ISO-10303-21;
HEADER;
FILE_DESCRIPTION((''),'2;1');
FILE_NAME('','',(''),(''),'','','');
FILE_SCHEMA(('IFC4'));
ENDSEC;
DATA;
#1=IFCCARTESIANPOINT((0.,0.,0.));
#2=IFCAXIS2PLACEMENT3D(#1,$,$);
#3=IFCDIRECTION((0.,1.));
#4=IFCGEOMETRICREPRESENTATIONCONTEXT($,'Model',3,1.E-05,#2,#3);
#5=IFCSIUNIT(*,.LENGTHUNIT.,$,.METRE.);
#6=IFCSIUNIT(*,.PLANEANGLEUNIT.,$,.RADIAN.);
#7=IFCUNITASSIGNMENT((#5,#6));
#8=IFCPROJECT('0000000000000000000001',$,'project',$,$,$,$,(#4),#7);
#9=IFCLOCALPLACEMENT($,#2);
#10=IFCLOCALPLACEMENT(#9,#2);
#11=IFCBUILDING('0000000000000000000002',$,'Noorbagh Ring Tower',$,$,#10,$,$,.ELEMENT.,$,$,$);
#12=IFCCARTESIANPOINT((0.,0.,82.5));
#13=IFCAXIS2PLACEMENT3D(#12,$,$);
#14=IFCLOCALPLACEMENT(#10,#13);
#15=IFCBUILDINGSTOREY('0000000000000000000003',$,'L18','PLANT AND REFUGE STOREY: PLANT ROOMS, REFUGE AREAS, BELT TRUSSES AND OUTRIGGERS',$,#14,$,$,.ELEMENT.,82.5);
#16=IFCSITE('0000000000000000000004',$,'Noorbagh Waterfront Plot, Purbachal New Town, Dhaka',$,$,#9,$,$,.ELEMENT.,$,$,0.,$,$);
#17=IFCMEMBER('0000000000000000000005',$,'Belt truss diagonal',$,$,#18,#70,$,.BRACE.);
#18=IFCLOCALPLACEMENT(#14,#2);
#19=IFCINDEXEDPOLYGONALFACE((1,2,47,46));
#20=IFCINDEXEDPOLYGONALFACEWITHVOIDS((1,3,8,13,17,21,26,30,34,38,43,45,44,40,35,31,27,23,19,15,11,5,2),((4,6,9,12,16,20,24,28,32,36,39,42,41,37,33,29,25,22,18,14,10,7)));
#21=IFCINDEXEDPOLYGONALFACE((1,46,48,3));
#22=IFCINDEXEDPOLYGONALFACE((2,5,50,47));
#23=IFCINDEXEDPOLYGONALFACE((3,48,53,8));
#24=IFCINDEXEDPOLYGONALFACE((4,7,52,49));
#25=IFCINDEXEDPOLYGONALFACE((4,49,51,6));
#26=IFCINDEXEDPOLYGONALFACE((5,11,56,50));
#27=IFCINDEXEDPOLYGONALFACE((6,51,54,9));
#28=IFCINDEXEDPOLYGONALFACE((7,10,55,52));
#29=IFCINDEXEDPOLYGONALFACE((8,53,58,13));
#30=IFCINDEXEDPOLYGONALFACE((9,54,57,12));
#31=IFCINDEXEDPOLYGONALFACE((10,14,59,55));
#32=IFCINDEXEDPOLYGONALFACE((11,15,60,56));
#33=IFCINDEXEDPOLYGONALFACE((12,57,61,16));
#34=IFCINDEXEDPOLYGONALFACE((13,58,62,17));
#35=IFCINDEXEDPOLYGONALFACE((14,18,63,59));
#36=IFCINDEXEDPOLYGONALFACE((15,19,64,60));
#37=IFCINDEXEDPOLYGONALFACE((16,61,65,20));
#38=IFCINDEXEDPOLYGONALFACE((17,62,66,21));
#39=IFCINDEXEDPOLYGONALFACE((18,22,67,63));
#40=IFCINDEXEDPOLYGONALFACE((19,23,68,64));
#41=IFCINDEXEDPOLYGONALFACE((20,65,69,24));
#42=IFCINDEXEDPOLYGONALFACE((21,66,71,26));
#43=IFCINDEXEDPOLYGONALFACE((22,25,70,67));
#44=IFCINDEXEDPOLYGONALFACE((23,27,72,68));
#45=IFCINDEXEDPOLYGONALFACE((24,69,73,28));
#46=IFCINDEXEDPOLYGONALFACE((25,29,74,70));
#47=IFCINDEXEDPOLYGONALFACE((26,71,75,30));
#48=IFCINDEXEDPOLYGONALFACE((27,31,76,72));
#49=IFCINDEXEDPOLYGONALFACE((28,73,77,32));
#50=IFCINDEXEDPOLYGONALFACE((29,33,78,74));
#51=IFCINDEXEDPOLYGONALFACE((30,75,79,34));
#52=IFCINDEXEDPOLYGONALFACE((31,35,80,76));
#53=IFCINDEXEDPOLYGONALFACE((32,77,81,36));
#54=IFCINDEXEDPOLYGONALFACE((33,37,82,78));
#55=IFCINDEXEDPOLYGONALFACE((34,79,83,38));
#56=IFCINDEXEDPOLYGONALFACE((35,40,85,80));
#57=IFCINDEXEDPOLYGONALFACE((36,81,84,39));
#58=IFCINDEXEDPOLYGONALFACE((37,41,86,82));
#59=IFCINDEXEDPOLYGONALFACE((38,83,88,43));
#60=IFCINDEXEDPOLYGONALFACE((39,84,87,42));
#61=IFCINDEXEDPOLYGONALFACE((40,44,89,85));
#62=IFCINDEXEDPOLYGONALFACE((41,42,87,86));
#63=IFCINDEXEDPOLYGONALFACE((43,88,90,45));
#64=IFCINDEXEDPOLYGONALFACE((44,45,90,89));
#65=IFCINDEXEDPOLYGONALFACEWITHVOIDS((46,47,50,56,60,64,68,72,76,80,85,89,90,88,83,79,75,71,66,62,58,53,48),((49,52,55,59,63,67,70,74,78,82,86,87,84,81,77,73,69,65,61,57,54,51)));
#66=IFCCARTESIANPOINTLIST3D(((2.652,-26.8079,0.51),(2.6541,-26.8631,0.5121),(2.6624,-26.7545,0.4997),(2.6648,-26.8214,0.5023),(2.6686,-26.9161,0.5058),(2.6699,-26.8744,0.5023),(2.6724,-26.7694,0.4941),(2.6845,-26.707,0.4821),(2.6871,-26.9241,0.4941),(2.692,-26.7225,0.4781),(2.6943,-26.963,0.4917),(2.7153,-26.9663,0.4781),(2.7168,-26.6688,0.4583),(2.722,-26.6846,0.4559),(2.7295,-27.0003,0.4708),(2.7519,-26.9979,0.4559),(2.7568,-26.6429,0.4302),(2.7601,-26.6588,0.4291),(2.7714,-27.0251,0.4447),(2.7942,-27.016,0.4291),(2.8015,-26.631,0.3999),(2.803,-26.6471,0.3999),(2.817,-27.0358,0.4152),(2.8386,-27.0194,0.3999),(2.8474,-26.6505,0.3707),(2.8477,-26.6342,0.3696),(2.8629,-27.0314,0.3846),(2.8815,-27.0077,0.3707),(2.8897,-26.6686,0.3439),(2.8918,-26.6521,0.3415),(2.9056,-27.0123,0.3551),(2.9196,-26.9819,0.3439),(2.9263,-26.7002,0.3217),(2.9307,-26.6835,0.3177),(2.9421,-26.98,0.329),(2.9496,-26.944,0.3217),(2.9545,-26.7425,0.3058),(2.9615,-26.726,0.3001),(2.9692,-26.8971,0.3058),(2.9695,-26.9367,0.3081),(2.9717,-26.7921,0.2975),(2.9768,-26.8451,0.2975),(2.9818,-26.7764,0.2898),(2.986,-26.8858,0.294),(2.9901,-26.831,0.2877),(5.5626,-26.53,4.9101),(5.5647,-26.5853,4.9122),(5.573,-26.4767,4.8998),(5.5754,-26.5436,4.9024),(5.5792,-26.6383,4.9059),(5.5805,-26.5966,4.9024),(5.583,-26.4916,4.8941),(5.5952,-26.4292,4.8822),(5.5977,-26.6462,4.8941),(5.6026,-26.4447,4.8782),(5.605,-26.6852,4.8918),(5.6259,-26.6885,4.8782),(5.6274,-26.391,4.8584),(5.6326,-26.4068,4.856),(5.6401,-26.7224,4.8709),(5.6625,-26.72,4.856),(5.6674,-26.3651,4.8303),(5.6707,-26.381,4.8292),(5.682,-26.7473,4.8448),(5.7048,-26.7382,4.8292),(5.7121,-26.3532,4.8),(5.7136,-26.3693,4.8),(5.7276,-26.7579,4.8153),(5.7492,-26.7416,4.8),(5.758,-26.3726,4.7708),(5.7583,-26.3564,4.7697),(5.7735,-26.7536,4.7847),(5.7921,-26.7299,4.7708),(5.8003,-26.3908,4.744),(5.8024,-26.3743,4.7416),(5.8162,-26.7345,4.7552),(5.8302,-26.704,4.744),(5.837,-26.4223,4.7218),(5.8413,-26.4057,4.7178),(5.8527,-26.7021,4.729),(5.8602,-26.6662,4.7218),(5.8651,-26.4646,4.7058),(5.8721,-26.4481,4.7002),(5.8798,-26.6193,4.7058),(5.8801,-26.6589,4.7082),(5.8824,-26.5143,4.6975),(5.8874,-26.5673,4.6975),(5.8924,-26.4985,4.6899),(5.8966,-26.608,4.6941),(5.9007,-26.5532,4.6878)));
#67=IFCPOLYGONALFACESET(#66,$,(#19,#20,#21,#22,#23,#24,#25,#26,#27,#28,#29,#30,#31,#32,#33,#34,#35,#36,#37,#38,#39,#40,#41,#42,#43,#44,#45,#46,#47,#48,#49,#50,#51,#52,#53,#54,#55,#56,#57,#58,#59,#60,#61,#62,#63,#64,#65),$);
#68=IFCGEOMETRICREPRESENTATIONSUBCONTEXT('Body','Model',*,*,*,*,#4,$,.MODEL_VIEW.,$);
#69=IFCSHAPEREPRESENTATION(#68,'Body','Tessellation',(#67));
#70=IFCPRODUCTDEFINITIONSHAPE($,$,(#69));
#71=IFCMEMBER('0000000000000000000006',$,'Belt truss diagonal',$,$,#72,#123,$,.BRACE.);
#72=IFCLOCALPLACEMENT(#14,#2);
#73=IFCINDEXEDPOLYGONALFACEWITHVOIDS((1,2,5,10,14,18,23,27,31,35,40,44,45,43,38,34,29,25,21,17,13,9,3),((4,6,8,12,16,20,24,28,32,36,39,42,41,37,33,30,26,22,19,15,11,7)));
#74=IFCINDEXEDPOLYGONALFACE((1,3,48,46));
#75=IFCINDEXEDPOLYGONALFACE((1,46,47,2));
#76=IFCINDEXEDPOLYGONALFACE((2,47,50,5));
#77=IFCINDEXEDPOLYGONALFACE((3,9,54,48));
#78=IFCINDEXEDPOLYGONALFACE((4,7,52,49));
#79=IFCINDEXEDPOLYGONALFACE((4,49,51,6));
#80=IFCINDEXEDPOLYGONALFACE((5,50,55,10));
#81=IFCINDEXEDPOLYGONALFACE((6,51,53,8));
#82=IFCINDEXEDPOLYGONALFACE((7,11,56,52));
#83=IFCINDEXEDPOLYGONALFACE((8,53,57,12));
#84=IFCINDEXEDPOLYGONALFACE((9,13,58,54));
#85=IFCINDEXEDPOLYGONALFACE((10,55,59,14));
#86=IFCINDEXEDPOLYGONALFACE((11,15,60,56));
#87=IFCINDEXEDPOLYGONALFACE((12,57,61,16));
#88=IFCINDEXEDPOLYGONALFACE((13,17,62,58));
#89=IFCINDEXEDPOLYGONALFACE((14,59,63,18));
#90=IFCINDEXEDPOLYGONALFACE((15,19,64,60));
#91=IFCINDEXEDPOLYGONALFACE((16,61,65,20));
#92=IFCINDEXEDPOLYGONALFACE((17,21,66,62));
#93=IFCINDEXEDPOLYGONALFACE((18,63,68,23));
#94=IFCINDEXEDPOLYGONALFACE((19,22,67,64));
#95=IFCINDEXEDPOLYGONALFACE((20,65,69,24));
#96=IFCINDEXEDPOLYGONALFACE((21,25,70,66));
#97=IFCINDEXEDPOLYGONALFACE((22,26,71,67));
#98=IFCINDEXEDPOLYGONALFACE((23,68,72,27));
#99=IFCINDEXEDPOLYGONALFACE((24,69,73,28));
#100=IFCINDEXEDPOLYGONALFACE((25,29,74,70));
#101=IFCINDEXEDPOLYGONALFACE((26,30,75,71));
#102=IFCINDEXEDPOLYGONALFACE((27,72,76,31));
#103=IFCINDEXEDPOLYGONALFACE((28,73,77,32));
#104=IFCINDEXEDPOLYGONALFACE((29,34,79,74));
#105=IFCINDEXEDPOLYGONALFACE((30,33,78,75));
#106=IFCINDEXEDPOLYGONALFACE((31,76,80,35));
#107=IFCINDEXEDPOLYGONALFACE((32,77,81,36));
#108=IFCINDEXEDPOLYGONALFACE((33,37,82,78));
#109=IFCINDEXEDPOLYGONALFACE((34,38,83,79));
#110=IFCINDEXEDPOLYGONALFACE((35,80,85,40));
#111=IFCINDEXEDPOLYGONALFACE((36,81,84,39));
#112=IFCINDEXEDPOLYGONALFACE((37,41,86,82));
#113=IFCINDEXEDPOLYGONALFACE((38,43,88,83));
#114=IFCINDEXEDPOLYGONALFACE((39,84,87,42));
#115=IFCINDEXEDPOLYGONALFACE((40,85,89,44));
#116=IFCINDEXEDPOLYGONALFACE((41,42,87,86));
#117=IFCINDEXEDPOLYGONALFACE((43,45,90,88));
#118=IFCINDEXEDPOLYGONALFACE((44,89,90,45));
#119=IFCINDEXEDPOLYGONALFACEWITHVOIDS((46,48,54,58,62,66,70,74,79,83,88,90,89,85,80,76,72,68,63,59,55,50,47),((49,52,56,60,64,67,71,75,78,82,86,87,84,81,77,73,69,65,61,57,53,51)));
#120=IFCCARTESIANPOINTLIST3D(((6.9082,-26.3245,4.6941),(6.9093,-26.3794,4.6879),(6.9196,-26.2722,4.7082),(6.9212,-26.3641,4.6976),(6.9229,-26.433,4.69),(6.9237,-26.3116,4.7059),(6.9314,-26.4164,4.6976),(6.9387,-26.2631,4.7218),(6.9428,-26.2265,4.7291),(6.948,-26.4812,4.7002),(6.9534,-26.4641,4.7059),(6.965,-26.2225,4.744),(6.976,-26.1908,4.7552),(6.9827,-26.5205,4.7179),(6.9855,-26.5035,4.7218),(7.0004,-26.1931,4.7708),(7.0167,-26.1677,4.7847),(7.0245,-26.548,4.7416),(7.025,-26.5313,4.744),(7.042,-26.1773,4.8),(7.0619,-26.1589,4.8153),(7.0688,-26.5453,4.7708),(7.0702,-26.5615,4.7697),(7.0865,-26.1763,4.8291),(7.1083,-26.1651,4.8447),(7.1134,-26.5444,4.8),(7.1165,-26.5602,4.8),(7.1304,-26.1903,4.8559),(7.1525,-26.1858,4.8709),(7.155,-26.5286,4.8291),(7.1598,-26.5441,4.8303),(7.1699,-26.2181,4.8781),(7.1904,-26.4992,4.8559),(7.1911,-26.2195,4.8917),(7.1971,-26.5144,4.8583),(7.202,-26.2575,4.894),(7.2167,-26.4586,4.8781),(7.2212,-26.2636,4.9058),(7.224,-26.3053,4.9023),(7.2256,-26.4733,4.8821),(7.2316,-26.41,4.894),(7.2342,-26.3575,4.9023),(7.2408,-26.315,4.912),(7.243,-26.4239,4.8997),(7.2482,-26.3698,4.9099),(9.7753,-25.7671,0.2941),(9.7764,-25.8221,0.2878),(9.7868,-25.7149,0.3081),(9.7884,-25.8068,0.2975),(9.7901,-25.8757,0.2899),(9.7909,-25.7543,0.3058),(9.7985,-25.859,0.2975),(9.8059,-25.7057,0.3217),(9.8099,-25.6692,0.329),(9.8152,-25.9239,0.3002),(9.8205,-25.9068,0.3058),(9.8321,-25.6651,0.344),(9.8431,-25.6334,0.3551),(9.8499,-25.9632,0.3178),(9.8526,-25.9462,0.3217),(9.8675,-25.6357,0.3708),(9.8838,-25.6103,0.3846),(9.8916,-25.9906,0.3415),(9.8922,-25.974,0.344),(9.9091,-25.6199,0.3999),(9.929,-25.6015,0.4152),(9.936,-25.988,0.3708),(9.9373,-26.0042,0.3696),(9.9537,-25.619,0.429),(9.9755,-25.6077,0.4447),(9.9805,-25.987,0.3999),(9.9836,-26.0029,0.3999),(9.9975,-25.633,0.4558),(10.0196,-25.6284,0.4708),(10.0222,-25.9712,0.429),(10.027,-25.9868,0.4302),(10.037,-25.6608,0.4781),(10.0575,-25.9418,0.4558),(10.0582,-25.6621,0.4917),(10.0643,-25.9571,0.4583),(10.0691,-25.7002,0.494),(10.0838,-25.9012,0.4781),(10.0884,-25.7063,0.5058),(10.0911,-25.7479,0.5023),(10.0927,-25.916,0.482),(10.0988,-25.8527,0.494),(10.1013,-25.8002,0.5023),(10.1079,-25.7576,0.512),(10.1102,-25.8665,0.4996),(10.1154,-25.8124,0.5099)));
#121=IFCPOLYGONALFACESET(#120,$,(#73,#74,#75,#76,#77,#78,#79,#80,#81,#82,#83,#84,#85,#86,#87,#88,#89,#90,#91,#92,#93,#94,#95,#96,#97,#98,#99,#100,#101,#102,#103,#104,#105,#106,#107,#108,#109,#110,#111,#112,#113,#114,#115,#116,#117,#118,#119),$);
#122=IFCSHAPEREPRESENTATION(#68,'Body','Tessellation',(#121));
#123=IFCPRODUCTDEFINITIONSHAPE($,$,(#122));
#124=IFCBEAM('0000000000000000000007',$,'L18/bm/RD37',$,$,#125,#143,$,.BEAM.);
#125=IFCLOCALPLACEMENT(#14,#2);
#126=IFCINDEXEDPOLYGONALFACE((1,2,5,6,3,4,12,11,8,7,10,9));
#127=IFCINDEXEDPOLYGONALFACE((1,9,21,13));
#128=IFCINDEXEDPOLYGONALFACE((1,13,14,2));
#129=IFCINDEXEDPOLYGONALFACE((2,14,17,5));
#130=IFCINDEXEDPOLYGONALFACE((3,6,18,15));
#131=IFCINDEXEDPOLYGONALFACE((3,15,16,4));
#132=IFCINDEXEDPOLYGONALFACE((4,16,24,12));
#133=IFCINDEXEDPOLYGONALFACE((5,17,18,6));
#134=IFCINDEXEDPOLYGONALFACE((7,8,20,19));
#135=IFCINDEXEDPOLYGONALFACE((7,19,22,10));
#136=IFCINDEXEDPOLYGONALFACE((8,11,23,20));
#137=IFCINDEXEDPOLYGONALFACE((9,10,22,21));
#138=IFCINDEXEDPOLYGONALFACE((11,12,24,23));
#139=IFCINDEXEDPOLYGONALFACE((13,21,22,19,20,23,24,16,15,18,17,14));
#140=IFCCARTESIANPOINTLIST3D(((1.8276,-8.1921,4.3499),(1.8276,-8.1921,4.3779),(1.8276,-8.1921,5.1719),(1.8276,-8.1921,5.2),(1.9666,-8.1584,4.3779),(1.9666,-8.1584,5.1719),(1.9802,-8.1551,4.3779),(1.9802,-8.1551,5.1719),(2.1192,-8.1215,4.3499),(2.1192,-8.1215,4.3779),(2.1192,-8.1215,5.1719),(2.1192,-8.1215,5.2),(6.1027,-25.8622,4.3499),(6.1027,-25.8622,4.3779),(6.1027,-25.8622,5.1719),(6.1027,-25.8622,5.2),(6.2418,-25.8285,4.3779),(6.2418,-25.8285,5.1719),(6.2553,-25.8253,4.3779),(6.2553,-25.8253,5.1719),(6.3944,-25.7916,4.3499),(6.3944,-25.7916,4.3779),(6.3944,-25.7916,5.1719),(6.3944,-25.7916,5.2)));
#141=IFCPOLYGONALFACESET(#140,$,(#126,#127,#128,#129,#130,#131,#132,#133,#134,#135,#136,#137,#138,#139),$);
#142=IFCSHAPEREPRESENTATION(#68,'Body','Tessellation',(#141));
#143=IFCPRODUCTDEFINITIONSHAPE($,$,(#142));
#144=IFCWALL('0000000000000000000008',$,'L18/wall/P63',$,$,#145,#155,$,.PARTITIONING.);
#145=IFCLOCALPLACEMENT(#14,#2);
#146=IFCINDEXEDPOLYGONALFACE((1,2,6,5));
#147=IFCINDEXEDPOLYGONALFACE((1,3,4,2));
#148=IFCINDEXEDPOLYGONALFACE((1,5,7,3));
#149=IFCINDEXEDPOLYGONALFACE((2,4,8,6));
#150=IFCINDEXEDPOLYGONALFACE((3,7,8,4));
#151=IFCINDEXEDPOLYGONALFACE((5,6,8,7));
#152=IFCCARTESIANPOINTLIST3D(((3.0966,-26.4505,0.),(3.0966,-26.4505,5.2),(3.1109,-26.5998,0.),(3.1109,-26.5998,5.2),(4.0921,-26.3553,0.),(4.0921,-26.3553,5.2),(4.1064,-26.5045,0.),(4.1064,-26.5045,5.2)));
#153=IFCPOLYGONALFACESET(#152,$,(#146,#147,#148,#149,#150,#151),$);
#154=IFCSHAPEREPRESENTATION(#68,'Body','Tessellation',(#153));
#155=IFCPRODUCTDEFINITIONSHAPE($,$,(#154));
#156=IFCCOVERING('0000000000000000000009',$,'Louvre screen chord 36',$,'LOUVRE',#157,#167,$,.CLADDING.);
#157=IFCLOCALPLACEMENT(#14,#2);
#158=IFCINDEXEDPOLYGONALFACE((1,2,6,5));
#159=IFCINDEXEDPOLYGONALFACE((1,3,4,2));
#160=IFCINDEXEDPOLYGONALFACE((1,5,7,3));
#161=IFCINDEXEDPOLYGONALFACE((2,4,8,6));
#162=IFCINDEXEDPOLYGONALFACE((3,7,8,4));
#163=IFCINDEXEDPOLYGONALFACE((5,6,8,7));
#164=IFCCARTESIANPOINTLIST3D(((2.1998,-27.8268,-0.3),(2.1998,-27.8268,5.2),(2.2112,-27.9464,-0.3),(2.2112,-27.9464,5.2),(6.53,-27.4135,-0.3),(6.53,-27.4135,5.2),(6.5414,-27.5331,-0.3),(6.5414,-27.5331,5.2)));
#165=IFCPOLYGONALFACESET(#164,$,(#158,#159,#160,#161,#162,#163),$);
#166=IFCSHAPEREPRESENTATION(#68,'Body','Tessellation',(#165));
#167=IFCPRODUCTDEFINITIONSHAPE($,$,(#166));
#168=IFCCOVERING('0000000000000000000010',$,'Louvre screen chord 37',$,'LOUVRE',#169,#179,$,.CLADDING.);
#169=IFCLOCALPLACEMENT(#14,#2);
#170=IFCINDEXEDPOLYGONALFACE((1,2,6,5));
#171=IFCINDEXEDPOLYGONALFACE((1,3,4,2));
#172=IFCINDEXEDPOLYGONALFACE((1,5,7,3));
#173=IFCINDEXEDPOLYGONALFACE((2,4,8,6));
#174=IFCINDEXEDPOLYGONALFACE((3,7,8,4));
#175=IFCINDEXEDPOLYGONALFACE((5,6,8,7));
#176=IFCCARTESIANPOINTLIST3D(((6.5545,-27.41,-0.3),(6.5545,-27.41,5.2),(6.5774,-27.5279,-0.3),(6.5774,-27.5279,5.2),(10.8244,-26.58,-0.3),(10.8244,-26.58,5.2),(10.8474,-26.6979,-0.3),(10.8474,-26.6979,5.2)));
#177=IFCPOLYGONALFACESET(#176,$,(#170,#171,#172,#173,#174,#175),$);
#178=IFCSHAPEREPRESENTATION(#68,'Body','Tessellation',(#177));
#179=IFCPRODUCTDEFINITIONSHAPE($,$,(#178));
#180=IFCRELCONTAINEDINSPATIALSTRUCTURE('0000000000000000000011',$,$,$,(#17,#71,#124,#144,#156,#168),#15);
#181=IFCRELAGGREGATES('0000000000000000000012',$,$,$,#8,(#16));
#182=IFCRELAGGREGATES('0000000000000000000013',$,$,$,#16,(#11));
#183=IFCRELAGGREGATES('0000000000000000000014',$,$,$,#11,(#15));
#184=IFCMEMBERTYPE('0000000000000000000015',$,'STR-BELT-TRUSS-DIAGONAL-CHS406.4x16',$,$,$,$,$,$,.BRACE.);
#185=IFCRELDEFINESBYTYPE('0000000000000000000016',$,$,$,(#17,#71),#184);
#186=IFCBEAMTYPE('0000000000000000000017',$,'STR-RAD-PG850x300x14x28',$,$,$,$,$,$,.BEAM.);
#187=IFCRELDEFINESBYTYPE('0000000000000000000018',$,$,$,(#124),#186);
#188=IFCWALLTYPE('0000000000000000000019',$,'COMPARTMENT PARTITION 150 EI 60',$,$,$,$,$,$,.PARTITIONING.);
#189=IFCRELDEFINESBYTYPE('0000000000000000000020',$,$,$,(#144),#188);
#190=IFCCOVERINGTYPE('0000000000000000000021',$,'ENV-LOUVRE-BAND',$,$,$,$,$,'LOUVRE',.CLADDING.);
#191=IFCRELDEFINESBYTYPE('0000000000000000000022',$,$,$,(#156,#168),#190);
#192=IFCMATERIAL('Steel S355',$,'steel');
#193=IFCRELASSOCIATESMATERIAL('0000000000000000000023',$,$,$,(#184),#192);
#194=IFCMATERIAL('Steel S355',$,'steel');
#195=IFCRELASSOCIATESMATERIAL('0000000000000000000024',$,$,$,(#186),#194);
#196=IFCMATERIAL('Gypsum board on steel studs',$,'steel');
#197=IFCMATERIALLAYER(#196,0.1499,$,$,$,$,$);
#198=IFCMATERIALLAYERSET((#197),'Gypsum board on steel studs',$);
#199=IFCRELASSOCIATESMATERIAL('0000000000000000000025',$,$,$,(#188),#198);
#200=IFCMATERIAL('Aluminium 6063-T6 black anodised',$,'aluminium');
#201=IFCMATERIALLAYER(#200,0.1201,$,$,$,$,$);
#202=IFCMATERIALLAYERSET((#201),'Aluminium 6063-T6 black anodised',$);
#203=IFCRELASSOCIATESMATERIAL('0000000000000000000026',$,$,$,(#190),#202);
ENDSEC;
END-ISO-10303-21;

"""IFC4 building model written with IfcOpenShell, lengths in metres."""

from ifc_helpers import new_model, si_unit, direction, frame, frame_2d, origin, origin_2d, place, context, subcontext, project, spatial, rectangle, hollow_circle, i_section, extrude, material, layer, layer_set, material_profile, profile_set, type_object, element, save


model = new_model("IFC4")

# Units and contexts
model_context = context("Model", 3, precision=1e-05, world=origin(), true_north=direction((0.0, 1.0)))
body_context = subcontext(model_context, "Body", "Model", "MODEL_VIEW")
ifc_project = project(units=[si_unit("LENGTHUNIT", "METRE"), si_unit("PLANEANGLEUNIT", "RADIAN")], contexts=[model_context])

# Site, building, storey
site_placement = place(None, origin())
site = spatial("IfcSite", under=ifc_project, at=site_placement, Name="Noorbagh Waterfront Plot, Purbachal New Town, Dhaka", CompositionType="ELEMENT", RefElevation=0.0)
building_placement = place(site_placement, origin())
building = spatial("IfcBuilding", under=site, at=building_placement, Name="Noorbagh Ring Tower", CompositionType="ELEMENT")
storey_placement = place(building_placement, frame((0.0, 0.0, 82.5)))
storey = spatial("IfcBuildingStorey", under=building, at=storey_placement, Name="L18", Description="PLANT AND REFUGE STOREY: PLANT ROOMS, REFUGE AREAS, BELT TRUSSES AND OUTRIGGERS", CompositionType="ELEMENT", Elevation=82.5)

# Members
ifc_material_1 = material(Name="Steel S355", Category="steel")
ifc_material_profile_1 = material_profile(ifc_material_1, hollow_circle(Radius=0.2031, WallThickness=0.0161, at=origin_2d()), Name="CHS406.4x16")
ifc_profile_set_1 = profile_set([ifc_material_profile_1], Name="Steel S355")
member_type = type_object("IfcMemberType", Name="STR-BELT-TRUSS-DIAGONAL-CHS406.4x16", PredefinedType="BRACE", material=ifc_profile_set_1)
member_1_placement = place(storey_placement, frame((2.8208, -26.8333, 0.3999), z_axis=(0.550943, 0.05259, 0.832884), x_axis=(-0.095022, 0.995475, 0.0)))
element("IfcMember", 1, at=member_1_placement, inside=storey, type_object=member_type, Name="Belt truss diagonal", PredefinedType="BRACE", context=body_context, shape_type="SweptSolid", body=[
    extrude(hollow_circle(Radius=0.2031, WallThickness=0.0161, at=origin_2d()), origin(), (0.0, 0.0, 1.0), 5.283),
])
member_2_placement = place(storey_placement, frame((9.9448, -25.8035, 0.3999), z_axis=(-0.542889, -0.105536, 0.833147), x_axis=(0.190825, -0.981624, 0.0)))
element("IfcMember", 2, at=member_2_placement, inside=storey, type_object=member_type, Name="Belt truss diagonal", PredefinedType="BRACE", context=body_context, shape_type="SweptSolid", body=[
    extrude(hollow_circle(Radius=0.2031, WallThickness=0.0161, at=origin_2d()), origin(), (0.0, 0.0, 1.0), 5.2812),
])

# Beam
ifc_material_2 = material(Name="Steel S355", Category="steel")
ifc_material_profile_2 = material_profile(ifc_material_2, i_section(OverallWidth=0.3, OverallDepth=0.8501, WebThickness=0.0139, FlangeThickness=0.0281, at=origin_2d()), Name="PG850x300x14x28")
ifc_profile_set_2 = profile_set([ifc_material_profile_2], Name="Steel S355")
beam_type_1 = type_object("IfcBeamType", Name="STR-RAD-PG850x300x14x28", PredefinedType="BEAM", material=ifc_profile_set_2)
beam_placement = place(storey_placement, frame((6.2485, -25.8269, 4.7749), z_axis=(-0.235157, 0.971957, 0.0), x_axis=(-0.971957, -0.235157, 0.0)))
element("IfcBeam", 3, at=beam_placement, inside=storey, type_object=beam_type_1, Name="L18/bm/RD37", PredefinedType="BEAM", context=body_context, shape_type="SweptSolid", body=[
    extrude(i_section(OverallWidth=0.3, OverallDepth=0.8501, WebThickness=0.0139, FlangeThickness=0.0281, at=origin_2d()), origin(), (0.0, 0.0, 1.0), 18.1799),
])

# Wall
ifc_material_3 = material(Name="Gypsum board on steel studs", Category="steel")
ifc_layer_1 = layer(ifc_material_3, 0.1499)
ifc_layer_set_1 = layer_set([ifc_layer_1], Name="Gypsum board on steel studs")
wall_type = type_object("IfcWallType", Name="COMPARTMENT PARTITION 150 EI 60", PredefinedType="PARTITIONING", material=ifc_layer_set_1)
wall_placement = place(storey_placement, frame((3.1038, -26.5251, 0.0), z_axis=(0.0, 0.0, 1.0), x_axis=(0.995456, 0.095224, 0.0)))
element("IfcWall", 4, at=wall_placement, inside=storey, type_object=wall_type, Name="L18/wall/P63", PredefinedType="PARTITIONING", context=body_context, shape_type="SweptSolid", body=[
    extrude(rectangle(XDim=1.0, YDim=0.1499, at=frame_2d((0.5, 0.0))), origin(), (0.0, 0.0, 1.0), 5.2),
])

# Coverings
ifc_material_4 = material(Name="Aluminium 6063-T6 black anodised", Category="aluminium")
ifc_layer_2 = layer(ifc_material_4, 0.1201)
ifc_layer_set_2 = layer_set([ifc_layer_2], Name="Aluminium 6063-T6 black anodised")
covering_type_1 = type_object("IfcCoveringType", Name="ENV-LOUVRE-BAND", ElementType="LOUVRE", PredefinedType="CLADDING", material=ifc_layer_set_2)
for number, where, z_axis, x_axis, name in (
    (5, (4.3706, -27.6799, -0.3), (0.0, 0.0, 1.0), (0.995476, 0.095008, 0.0), "Louvre screen chord 36"),
    (6, (8.7009, -27.054, -0.3), (0.0, 0.0, 1.0), (0.981625, 0.19082, 0.0), "Louvre screen chord 37"),
):
    element("IfcCovering", number, at=place(storey_placement, frame(where, z_axis=z_axis, x_axis=x_axis)), inside=storey, type_object=covering_type_1, Name=name, ObjectType="LOUVRE", PredefinedType="CLADDING", context=body_context, shape_type="SweptSolid", body=[
        extrude(rectangle(XDim=4.3499, YDim=0.1201, at=origin_2d()), origin(), (0.0, 0.0, 1.0), 5.5),
    ])

save(model, "model.ifc")
